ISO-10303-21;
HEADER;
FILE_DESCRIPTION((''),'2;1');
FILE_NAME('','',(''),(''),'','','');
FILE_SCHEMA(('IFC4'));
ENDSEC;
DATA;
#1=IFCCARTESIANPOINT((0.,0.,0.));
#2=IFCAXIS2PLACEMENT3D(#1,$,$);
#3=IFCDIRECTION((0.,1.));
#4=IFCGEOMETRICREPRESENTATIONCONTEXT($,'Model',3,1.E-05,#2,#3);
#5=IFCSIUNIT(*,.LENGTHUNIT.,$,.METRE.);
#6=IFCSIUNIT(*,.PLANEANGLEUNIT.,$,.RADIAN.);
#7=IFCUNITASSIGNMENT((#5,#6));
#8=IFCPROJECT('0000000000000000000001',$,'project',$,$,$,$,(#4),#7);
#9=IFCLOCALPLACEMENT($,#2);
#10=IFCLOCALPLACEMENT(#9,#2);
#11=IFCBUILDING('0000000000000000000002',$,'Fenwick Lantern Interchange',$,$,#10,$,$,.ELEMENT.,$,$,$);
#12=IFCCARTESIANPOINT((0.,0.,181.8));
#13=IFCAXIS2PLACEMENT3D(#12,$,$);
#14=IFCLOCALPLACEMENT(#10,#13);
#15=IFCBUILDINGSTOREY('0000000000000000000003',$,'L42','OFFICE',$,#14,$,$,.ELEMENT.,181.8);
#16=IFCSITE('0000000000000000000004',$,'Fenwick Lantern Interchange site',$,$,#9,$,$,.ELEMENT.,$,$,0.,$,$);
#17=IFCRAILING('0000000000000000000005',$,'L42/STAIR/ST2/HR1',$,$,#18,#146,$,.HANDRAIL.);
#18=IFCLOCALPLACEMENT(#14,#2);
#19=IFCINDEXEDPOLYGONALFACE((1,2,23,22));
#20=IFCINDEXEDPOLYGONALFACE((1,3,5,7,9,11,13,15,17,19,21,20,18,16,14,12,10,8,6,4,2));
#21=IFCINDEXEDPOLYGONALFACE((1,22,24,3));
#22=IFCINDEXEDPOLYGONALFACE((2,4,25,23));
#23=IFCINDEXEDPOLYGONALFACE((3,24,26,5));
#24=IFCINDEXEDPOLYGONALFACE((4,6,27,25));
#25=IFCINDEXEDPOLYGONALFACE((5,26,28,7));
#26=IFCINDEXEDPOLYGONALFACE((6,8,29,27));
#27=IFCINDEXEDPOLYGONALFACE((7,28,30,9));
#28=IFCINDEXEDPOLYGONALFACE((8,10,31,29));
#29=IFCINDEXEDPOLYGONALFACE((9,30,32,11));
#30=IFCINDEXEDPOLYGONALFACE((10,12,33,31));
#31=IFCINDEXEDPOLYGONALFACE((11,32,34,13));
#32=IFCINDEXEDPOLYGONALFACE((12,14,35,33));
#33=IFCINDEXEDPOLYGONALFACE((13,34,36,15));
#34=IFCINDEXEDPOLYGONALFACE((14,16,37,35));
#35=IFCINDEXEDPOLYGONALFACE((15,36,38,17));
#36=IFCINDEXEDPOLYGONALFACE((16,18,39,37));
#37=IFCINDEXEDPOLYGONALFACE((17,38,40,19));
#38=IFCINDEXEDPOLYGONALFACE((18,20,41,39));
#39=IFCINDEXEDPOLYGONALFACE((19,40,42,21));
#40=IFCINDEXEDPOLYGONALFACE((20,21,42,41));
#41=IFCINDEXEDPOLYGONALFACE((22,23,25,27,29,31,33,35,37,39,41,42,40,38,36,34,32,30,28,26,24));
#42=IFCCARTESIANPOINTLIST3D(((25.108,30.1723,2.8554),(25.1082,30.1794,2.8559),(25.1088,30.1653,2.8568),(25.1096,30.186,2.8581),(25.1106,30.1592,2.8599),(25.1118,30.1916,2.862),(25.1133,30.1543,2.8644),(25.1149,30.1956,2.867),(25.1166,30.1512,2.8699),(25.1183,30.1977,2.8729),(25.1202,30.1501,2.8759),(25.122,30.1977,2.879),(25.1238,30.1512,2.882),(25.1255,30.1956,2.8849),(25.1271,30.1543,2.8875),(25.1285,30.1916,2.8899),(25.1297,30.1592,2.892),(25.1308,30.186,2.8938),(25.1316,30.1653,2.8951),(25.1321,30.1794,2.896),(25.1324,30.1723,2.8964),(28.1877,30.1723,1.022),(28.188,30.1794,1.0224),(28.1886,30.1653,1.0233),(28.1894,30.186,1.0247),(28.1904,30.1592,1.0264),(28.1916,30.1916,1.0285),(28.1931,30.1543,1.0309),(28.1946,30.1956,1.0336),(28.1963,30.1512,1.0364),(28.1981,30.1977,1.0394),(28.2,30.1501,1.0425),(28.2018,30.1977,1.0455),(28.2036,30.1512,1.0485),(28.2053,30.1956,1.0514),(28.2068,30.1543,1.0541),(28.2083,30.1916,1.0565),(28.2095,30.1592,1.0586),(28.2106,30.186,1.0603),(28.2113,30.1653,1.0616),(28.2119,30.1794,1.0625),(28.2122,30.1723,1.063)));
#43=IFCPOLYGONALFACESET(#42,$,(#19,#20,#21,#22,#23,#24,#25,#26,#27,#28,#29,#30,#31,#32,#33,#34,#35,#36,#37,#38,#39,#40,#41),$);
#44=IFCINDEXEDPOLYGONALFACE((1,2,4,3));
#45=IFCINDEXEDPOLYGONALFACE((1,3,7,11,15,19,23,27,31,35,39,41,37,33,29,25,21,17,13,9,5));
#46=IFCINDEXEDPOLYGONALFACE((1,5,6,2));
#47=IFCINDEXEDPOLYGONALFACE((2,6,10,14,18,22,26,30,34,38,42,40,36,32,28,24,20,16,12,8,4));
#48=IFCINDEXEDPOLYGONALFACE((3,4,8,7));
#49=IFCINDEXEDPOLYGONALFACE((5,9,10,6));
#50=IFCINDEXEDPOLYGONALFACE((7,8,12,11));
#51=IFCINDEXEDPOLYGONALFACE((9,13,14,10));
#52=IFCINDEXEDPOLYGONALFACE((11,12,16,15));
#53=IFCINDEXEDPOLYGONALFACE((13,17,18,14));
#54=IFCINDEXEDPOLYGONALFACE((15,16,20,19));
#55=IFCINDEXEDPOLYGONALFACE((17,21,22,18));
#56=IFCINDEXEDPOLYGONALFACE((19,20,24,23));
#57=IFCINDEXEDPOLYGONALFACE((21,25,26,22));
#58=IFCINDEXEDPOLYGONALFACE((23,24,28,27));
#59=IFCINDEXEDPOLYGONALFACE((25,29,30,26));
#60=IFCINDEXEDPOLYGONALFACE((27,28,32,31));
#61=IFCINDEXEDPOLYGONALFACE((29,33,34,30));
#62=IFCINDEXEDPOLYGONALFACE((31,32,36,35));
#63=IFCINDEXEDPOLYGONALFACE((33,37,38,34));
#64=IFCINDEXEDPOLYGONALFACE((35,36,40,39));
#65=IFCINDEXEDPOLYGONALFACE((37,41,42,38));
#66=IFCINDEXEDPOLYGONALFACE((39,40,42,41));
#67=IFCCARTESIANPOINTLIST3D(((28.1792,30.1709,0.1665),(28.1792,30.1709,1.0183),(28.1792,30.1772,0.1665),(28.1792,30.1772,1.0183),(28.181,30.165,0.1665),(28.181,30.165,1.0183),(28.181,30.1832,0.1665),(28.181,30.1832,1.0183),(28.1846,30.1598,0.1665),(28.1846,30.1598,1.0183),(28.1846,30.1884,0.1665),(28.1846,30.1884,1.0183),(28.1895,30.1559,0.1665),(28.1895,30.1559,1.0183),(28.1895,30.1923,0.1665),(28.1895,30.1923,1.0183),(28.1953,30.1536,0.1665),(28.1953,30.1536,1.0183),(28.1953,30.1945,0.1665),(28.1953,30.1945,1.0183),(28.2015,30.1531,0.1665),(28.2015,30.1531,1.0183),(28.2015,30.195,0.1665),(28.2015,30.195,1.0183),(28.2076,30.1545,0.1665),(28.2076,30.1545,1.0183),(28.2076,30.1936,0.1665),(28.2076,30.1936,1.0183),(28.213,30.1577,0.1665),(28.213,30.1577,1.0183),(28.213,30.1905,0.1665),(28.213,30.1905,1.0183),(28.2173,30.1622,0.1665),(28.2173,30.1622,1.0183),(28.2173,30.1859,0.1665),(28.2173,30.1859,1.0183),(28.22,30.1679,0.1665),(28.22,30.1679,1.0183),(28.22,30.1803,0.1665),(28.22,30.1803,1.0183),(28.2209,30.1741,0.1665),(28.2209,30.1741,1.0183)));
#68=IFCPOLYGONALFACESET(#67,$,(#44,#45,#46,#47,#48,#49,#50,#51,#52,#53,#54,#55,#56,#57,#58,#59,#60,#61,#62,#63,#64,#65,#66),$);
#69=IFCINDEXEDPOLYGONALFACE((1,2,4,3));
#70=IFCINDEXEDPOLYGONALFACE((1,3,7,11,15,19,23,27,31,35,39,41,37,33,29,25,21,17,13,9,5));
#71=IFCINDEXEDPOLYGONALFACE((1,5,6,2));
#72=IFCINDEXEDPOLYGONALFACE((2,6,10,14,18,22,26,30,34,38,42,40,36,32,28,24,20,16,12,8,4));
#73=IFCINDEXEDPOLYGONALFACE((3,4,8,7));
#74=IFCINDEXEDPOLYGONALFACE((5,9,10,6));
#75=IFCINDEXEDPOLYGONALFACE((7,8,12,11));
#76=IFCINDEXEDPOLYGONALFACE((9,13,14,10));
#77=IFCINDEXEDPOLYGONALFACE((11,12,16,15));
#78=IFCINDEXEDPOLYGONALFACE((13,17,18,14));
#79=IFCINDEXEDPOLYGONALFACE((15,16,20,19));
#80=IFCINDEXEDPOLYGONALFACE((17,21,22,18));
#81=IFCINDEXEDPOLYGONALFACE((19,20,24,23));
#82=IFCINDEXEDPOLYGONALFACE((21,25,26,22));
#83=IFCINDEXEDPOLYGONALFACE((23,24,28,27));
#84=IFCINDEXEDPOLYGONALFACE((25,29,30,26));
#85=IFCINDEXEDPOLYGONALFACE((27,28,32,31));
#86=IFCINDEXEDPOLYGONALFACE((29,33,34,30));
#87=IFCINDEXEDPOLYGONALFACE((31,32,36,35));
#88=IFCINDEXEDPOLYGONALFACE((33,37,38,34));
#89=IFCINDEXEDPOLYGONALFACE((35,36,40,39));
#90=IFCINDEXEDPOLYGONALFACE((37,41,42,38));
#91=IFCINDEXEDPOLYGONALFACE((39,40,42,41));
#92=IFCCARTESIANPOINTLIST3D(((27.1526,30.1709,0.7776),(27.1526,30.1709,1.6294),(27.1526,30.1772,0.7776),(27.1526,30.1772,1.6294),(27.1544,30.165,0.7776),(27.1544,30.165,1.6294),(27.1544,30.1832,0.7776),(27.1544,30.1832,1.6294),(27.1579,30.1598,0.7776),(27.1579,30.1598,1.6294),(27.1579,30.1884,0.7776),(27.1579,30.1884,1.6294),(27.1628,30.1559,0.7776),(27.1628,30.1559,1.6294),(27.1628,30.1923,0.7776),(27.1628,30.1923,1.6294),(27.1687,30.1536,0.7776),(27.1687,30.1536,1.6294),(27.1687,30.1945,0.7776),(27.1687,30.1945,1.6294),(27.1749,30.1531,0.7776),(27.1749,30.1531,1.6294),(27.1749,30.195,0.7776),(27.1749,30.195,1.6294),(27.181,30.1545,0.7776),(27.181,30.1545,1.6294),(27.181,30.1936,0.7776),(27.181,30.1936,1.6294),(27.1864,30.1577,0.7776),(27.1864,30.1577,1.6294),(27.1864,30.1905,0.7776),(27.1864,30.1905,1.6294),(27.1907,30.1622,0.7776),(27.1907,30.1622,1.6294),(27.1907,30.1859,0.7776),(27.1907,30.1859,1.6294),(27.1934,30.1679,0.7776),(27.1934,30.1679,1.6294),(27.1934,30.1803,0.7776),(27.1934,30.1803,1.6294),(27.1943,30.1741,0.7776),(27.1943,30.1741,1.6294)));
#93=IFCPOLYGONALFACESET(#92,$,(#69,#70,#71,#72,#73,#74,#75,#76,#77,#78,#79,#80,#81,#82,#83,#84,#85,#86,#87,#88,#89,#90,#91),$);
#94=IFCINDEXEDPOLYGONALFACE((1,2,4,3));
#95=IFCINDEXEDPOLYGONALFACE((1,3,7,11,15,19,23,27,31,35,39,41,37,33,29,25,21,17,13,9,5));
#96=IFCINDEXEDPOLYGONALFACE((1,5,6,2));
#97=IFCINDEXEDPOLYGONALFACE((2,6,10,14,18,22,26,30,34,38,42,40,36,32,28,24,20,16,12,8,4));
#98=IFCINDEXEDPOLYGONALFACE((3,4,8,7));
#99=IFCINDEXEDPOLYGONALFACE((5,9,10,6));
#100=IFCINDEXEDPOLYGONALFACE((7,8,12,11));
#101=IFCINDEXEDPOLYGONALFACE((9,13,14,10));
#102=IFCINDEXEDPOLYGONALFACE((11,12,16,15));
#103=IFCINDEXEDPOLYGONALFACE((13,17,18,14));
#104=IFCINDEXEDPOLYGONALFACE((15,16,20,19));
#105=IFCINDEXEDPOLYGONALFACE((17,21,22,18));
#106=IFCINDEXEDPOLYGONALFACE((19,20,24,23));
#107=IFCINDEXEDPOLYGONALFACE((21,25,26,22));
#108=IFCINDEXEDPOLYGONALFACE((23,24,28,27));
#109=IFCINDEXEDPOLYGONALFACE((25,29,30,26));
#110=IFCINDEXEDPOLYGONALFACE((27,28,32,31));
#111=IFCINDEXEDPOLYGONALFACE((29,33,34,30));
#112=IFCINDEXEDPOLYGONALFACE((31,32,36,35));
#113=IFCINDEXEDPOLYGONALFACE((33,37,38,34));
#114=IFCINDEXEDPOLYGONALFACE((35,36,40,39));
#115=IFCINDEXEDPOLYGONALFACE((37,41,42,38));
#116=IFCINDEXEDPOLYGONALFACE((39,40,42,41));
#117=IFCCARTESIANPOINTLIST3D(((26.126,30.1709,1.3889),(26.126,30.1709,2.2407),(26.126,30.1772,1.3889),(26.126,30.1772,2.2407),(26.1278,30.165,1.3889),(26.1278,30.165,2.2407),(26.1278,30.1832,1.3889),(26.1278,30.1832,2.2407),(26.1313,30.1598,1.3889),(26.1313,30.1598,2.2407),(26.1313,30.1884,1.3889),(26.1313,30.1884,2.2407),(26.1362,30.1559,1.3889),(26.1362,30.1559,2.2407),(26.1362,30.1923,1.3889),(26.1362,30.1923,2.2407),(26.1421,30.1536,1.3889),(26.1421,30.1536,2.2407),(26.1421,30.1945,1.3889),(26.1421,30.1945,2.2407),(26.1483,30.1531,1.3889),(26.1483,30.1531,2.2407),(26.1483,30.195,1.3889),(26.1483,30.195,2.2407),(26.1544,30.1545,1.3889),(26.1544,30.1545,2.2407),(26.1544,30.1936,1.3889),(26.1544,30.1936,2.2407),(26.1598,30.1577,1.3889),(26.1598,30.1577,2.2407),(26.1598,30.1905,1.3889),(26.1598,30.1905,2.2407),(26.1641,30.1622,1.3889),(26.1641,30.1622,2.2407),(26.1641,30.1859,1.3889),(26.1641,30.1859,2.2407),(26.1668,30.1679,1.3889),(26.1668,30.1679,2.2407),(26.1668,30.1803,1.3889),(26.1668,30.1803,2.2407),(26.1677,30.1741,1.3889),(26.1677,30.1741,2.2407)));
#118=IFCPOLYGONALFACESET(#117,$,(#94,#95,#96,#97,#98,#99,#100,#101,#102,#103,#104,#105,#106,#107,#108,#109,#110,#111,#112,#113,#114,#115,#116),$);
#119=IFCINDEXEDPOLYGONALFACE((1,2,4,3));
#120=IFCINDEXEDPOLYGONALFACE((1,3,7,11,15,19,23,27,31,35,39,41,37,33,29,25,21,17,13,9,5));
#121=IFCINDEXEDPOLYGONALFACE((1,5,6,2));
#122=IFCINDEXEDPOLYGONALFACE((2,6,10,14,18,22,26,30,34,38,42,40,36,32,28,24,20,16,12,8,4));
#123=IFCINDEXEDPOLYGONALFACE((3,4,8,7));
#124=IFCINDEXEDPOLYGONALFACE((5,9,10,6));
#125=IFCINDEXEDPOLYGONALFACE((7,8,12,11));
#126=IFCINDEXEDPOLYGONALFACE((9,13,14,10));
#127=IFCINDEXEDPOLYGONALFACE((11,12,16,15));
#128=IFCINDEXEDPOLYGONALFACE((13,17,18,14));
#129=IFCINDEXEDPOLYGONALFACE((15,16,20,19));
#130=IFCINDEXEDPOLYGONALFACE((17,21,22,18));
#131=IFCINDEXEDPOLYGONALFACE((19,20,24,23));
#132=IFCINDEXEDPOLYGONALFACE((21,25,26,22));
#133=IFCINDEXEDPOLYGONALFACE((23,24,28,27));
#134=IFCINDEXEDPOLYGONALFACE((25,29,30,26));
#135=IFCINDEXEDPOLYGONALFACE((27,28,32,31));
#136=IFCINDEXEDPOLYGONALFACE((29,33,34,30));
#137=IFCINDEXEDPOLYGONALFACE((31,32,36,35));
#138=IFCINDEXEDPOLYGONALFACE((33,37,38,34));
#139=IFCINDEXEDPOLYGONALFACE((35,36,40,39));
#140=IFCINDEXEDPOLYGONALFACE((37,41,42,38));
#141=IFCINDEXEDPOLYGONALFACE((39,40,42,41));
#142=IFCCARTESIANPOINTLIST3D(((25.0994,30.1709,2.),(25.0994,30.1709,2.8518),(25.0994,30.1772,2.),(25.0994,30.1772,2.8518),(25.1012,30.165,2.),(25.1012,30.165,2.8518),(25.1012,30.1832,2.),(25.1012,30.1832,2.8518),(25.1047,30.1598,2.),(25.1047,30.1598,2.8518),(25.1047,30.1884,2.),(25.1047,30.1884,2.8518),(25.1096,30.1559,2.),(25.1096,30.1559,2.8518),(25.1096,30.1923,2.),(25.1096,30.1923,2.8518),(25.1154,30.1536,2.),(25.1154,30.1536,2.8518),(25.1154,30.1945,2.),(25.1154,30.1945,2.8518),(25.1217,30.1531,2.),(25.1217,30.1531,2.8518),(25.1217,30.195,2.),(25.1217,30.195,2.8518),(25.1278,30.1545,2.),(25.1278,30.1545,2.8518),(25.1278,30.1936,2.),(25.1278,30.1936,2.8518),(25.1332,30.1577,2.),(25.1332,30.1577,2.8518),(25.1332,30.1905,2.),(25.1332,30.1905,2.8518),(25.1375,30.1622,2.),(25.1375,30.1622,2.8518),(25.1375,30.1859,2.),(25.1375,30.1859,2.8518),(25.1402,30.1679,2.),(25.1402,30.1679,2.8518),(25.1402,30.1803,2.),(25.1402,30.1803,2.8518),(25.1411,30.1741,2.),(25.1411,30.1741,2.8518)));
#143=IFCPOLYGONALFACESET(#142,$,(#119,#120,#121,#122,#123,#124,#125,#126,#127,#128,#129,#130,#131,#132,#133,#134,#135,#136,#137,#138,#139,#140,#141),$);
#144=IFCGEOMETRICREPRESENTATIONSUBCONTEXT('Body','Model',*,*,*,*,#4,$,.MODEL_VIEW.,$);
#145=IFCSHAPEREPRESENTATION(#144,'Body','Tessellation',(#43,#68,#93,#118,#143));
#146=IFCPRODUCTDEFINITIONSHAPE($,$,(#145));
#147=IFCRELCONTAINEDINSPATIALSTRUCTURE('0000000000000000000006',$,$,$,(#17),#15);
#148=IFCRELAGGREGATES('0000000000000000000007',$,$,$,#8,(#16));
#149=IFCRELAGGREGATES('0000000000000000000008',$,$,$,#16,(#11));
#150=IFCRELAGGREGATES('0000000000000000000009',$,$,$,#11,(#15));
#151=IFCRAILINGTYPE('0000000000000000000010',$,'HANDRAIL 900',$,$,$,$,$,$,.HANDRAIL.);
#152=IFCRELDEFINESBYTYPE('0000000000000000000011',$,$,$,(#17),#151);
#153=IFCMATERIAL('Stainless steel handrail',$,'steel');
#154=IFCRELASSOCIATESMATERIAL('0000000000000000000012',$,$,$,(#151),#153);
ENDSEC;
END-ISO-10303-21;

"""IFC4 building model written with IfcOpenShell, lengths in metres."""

from ifc_helpers import new_model, si_unit, direction, frame, origin, origin_2d, place, context, subcontext, project, spatial, circle, extrude, material, type_object, element, save


model = new_model("IFC4")

# Units and contexts
model_context = context("Model", 3, precision=1e-05, world=origin(), true_north=direction((0.0, 1.0)))
body_context = subcontext(model_context, "Body", "Model", "MODEL_VIEW")
ifc_project = project(units=[si_unit("LENGTHUNIT", "METRE"), si_unit("PLANEANGLEUNIT", "RADIAN")], contexts=[model_context])

# Site, building, storey
site_placement = place(None, origin())
site = spatial("IfcSite", under=ifc_project, at=site_placement, Name="Fenwick Lantern Interchange site", CompositionType="ELEMENT", RefElevation=0.0)
building_placement = place(site_placement, origin())
building = spatial("IfcBuilding", under=site, at=building_placement, Name="Fenwick Lantern Interchange", CompositionType="ELEMENT")
storey_placement = place(building_placement, frame((0.0, 0.0, 181.8)))
storey = spatial("IfcBuildingStorey", under=building, at=storey_placement, Name="L42", Description="OFFICE", CompositionType="ELEMENT", Elevation=181.8)

# Railing
ifc_material_1 = material(Name="Stainless steel handrail", Category="steel")
railing_type = type_object("IfcRailingType", Name="HANDRAIL 900", PredefinedType="HANDRAIL", material=ifc_material_1)
railing_1_placement = place(storey_placement, frame((28.2, 30.1741, 0.1665)))
element("IfcRailing", 1, at=railing_1_placement, inside=storey, type_object=railing_type, Name="L42/STAIR/ST2/HR1", PredefinedType="HANDRAIL", context=body_context, shape_type="SweptSolid", body=[
    extrude(circle(Radius=0.0239, at=origin_2d()), frame((0.0, 0.0, 0.876), z_axis=(-0.859261, 0.0, 0.511538), x_axis=(0.0, -1.0, 0.0)), (0.0, 0.0, 1.0), 3.5842),
    extrude(circle(Radius=0.021, at=origin_2d()), origin(), (0.0, 0.0, 1.0), 0.8518),
    extrude(circle(Radius=0.021, at=origin_2d()), frame((-1.0266, 0.0, 0.6111)), (0.0, 0.0, 1.0), 0.8518),
    extrude(circle(Radius=0.021, at=origin_2d()), frame((-2.0532, 0.0, 1.2224)), (0.0, 0.0, 1.0), 0.8518),
    extrude(circle(Radius=0.021, at=origin_2d()), frame((-3.0798, 0.0, 1.8335)), (0.0, 0.0, 1.0), 0.8518),
])

save(model, "model.ifc")
